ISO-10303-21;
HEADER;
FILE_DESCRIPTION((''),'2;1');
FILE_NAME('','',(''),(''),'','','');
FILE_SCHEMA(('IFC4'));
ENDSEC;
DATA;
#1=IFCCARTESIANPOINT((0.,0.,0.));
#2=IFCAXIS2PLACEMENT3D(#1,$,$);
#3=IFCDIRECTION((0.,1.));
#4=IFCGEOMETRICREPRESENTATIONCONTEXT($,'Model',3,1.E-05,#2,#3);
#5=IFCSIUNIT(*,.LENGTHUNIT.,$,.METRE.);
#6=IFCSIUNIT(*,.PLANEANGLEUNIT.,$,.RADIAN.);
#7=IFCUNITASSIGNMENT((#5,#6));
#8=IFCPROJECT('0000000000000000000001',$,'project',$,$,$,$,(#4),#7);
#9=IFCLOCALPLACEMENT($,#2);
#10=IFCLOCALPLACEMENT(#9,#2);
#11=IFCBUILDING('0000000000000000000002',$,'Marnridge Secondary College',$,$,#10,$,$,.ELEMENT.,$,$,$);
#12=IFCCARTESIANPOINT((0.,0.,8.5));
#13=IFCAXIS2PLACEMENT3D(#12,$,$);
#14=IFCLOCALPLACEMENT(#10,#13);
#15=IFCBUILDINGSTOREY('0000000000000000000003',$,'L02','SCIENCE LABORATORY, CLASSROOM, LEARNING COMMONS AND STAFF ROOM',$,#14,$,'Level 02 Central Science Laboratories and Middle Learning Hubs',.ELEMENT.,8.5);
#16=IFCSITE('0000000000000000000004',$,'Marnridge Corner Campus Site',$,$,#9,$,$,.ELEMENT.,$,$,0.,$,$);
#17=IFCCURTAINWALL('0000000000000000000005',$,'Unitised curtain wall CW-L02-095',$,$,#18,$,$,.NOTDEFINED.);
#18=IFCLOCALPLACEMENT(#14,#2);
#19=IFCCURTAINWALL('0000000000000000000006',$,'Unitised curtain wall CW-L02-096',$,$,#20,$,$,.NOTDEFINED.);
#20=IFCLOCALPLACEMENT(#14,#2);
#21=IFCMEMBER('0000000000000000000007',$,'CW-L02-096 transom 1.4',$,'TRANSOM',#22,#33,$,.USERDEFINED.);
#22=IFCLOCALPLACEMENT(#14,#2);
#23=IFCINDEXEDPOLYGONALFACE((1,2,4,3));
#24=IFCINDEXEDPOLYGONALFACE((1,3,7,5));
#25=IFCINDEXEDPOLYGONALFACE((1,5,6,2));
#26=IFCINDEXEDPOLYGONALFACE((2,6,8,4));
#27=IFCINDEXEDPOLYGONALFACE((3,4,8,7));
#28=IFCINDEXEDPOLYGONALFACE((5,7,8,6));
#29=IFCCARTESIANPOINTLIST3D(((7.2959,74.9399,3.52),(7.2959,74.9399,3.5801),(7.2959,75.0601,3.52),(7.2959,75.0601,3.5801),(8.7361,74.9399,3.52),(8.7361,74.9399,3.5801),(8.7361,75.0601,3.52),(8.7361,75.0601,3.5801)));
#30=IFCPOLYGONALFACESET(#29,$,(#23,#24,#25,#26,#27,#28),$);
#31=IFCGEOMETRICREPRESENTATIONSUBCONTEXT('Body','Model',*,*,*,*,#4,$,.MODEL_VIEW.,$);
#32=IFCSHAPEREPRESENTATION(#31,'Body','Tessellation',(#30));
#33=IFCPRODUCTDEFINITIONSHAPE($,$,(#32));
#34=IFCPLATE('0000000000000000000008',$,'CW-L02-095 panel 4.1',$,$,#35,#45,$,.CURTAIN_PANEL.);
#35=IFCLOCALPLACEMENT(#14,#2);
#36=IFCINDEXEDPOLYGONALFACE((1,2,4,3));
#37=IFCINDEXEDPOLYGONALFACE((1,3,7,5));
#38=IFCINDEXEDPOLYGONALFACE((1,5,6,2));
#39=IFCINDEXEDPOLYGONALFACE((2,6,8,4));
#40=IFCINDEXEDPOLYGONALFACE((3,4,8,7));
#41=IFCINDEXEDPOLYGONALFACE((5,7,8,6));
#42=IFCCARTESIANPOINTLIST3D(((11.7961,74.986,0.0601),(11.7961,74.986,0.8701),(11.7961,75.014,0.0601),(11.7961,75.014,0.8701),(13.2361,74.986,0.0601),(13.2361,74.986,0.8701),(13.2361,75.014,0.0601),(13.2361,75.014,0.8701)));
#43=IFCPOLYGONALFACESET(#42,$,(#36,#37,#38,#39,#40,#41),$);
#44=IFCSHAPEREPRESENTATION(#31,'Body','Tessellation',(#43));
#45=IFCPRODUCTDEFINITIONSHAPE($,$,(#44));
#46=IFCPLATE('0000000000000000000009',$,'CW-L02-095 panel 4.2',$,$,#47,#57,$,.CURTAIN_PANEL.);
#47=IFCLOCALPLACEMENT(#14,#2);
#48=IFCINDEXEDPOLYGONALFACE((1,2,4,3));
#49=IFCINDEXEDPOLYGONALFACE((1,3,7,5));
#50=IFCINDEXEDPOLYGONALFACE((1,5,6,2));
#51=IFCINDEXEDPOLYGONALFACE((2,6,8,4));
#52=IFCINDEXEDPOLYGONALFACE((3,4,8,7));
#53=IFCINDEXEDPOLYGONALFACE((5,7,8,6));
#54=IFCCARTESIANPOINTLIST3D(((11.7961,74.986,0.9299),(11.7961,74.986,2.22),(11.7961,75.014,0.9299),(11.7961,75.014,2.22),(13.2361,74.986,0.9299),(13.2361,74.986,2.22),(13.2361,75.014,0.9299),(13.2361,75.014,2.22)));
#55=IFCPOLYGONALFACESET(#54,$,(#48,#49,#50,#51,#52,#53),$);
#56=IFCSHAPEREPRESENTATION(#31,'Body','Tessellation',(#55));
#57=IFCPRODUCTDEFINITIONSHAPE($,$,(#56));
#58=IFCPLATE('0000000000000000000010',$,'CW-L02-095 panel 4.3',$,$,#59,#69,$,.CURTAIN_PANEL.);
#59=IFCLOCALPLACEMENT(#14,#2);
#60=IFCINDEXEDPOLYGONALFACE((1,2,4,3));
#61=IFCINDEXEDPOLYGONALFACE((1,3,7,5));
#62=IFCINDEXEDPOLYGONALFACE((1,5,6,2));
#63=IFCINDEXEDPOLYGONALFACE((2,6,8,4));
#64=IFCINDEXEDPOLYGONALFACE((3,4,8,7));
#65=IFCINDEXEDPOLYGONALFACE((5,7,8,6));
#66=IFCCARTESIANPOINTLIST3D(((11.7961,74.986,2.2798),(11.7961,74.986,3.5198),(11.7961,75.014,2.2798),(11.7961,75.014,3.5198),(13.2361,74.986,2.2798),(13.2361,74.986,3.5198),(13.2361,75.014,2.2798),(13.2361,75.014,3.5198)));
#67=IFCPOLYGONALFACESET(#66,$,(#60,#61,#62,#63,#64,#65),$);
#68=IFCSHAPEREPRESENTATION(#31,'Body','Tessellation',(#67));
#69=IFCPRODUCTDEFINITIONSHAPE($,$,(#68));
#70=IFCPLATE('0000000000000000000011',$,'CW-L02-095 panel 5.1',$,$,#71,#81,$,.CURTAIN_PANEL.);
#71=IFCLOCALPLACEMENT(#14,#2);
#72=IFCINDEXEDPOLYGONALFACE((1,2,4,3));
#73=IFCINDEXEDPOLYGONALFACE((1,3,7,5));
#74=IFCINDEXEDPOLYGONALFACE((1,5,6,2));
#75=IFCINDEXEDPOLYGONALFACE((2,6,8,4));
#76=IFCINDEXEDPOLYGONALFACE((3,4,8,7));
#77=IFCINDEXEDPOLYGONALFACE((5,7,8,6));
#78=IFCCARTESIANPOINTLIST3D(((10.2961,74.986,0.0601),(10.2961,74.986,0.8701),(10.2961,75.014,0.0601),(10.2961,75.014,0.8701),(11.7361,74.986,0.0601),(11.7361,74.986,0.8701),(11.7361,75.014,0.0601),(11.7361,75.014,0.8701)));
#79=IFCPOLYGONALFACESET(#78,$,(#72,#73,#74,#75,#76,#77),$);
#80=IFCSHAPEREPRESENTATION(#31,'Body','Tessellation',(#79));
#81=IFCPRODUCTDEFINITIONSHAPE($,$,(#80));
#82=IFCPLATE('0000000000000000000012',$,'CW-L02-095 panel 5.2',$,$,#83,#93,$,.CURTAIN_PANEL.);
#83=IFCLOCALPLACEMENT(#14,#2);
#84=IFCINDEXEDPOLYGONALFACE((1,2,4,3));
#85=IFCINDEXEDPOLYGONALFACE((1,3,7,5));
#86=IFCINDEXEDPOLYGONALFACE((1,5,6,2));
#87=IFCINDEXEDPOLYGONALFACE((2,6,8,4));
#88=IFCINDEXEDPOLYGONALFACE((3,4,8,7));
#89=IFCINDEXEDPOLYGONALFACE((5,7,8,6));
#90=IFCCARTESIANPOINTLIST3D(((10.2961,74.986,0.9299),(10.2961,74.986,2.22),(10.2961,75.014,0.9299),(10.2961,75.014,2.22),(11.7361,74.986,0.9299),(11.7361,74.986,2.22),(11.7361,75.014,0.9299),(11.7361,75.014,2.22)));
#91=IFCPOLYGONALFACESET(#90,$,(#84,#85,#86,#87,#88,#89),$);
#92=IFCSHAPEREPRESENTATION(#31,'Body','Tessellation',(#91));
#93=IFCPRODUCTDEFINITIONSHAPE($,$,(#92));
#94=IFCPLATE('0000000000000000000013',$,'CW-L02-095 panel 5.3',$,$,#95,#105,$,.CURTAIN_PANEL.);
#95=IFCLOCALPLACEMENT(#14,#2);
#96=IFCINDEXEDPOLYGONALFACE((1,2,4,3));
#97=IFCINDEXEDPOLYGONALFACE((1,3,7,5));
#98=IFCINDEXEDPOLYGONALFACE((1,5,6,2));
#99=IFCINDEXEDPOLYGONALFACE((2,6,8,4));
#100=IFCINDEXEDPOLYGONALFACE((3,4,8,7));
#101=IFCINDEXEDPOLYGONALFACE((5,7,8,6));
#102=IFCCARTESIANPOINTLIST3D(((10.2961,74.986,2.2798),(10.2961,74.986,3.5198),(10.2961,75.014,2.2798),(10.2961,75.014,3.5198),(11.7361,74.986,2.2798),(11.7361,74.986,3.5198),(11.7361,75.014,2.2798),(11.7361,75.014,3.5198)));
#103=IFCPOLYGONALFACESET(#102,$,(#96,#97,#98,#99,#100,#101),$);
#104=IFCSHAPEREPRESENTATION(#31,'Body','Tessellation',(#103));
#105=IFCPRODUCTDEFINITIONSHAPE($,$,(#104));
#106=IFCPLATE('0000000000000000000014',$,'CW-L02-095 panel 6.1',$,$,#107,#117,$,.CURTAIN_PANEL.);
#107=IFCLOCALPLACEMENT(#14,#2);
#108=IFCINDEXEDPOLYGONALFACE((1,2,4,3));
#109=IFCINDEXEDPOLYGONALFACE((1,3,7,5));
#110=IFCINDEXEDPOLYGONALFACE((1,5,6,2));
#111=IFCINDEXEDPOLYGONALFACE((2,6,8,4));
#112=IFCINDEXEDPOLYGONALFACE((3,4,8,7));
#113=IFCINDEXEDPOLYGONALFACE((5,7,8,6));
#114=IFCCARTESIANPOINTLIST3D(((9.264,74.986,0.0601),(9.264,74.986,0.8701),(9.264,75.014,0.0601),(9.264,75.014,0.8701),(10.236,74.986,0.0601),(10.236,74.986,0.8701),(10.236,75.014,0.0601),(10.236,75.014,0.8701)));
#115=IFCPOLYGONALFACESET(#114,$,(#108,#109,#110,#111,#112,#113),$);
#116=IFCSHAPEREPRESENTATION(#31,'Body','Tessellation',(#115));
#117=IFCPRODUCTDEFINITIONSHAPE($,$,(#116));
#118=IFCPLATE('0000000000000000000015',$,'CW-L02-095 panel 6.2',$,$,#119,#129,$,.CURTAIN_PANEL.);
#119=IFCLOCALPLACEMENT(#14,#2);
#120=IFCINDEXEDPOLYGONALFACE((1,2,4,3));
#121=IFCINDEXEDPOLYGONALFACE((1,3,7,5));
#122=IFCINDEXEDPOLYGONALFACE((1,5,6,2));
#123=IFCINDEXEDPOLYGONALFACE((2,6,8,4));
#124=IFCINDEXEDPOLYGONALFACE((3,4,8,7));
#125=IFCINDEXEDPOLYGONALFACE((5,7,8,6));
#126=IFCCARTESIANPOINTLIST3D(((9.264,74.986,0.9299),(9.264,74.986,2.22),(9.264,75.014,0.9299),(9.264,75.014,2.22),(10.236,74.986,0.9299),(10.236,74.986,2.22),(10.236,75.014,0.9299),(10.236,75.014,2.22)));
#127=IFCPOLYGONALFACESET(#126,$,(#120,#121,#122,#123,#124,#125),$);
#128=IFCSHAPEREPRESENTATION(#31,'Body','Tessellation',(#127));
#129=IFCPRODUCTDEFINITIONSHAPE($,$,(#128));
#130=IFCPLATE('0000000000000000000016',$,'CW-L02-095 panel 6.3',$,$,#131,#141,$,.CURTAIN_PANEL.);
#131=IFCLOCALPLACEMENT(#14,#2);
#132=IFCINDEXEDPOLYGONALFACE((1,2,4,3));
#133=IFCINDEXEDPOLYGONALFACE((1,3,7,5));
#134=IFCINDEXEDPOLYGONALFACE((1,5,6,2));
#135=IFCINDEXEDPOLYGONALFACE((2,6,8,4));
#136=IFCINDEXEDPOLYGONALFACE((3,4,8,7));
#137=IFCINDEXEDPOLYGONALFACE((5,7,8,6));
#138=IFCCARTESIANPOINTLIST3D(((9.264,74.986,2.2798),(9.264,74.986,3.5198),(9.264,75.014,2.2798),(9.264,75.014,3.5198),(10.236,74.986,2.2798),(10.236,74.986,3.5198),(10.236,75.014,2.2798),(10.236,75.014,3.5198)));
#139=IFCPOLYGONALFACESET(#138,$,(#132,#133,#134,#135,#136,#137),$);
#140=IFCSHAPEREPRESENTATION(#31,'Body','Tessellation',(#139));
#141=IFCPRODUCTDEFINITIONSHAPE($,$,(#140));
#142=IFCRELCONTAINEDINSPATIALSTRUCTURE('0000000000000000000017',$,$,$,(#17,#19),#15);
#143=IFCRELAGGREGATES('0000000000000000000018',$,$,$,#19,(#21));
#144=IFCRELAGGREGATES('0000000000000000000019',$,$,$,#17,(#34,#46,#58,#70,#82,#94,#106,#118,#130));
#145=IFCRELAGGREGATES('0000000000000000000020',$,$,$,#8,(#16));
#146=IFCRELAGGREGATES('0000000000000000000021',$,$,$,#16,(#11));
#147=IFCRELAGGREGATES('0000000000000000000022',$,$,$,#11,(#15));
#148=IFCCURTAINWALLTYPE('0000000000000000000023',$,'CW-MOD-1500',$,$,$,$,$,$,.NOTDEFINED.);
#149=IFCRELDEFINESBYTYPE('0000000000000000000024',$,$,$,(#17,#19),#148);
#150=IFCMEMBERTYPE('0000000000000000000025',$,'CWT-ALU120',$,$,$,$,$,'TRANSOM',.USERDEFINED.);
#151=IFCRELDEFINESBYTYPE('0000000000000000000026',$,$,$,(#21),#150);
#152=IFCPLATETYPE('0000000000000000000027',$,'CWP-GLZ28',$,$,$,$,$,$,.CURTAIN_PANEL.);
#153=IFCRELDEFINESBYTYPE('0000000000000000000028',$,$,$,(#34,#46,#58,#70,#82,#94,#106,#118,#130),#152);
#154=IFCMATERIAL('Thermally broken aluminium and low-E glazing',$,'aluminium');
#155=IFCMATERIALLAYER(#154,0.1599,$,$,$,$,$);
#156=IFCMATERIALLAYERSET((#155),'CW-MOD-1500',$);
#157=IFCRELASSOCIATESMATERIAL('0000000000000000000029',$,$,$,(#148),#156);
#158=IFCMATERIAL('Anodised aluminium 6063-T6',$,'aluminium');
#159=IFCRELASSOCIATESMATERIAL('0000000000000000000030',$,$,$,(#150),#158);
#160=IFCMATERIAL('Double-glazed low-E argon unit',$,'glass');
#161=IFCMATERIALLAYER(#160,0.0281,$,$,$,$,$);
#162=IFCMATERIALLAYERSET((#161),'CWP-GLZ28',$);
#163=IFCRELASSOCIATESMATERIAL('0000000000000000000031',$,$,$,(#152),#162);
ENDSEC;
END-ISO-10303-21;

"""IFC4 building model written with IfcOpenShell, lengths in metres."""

from ifc_helpers import new_model, si_unit, direction, frame, origin, origin_2d, place, context, subcontext, project, spatial, rectangle, extrude, material, layer, layer_set, material_profile, profile_set, type_object, element, aggregate, save


model = new_model("IFC4")

# Units and contexts
model_context = context("Model", 3, precision=1e-05, world=origin(), true_north=direction((0.0, 1.0)))
body_context = subcontext(model_context, "Body", "Model", "MODEL_VIEW")
ifc_project = project(units=[si_unit("LENGTHUNIT", "METRE"), si_unit("PLANEANGLEUNIT", "RADIAN")], contexts=[model_context])

# Site, building, storey
site_placement = place(None, origin())
site = spatial("IfcSite", under=ifc_project, at=site_placement, Name="Marnridge Corner Campus Site", CompositionType="ELEMENT", RefElevation=0.0)
building_placement = place(site_placement, origin())
building = spatial("IfcBuilding", under=site, at=building_placement, Name="Marnridge Secondary College", CompositionType="ELEMENT")
storey_placement = place(building_placement, frame((0.0, 0.0, 8.5)))
storey = spatial("IfcBuildingStorey", under=building, at=storey_placement, Name="L02", Description="SCIENCE LABORATORY, CLASSROOM, LEARNING COMMONS AND STAFF ROOM", LongName="Level 02 Central Science Laboratories and Middle Learning Hubs", CompositionType="ELEMENT", Elevation=8.5)

# Curtain wall
ifc_material_1 = material(Name="Thermally broken aluminium and low-E glazing", Category="aluminium")
ifc_layer_1 = layer(ifc_material_1, 0.1599)
ifc_layer_set_1 = layer_set([ifc_layer_1], Name="CW-MOD-1500")
curtain_wall_type = type_object("IfcCurtainWallType", Name="CW-MOD-1500", PredefinedType="NOTDEFINED", material=ifc_layer_set_1)
curtain_wall_1_placement = place(storey_placement, origin())
curtain_wall_1 = element("IfcCurtainWall", 1, at=curtain_wall_1_placement, inside=storey, type_object=curtain_wall_type, Name="Unitised curtain wall CW-L02-095", PredefinedType="NOTDEFINED")

# Curtain wall
curtain_wall_2_placement = place(storey_placement, origin())
curtain_wall_2 = element("IfcCurtainWall", 2, at=curtain_wall_2_placement, inside=storey, type_object=curtain_wall_type, Name="Unitised curtain wall CW-L02-096", PredefinedType="NOTDEFINED")

# Member
ifc_material_2 = material(Name="Anodised aluminium 6063-T6", Category="aluminium")
ifc_material_profile_1 = material_profile(ifc_material_2, rectangle(XDim=0.0601, YDim=0.1201, at=origin_2d()), Name="ALU 60x120")
ifc_profile_set_1 = profile_set([ifc_material_profile_1], Name="Anodised aluminium 6063-T6")
member_type_1 = type_object("IfcMemberType", Name="CWT-ALU120", ElementType="TRANSOM", PredefinedType="USERDEFINED", material=ifc_profile_set_1)
member_1_placement = place(storey_placement, frame((8.7361, 75.0, 3.55), z_axis=(-1.0, 0.0, 0.0), x_axis=(0.0, 0.0, 1.0)))
member_1 = element("IfcMember", 3, at=member_1_placement, type_object=member_type_1, Name="CW-L02-096 transom 1.4", ObjectType="TRANSOM", PredefinedType="USERDEFINED", context=body_context, shape_type="SweptSolid", body=[
    extrude(rectangle(XDim=0.0601, YDim=0.1201, at=origin_2d()), origin(), (0.0, 0.0, 1.0), 1.4402),
])
aggregate(curtain_wall_2, [member_1])

# Plates
ifc_material_3 = material(Name="Double-glazed low-E argon unit", Category="glass")
ifc_layer_2 = layer(ifc_material_3, 0.0281)
ifc_layer_set_2 = layer_set([ifc_layer_2], Name="CWP-GLZ28")
plate_type = type_object("IfcPlateType", Name="CWP-GLZ28", PredefinedType="CURTAIN_PANEL", material=ifc_layer_set_2)
plate_1_placement = place(storey_placement, frame((12.5161, 75.0, 0.0601), z_axis=(0.0, 0.0, 1.0), x_axis=(-1.0, 0.0, 0.0)))
plate_1 = element("IfcPlate", 4, at=plate_1_placement, type_object=plate_type, Name="CW-L02-095 panel 4.1", PredefinedType="CURTAIN_PANEL", context=body_context, shape_type="SweptSolid", body=[
    extrude(rectangle(XDim=1.4399, YDim=0.0281, at=origin_2d()), origin(), (0.0, 0.0, 1.0), 0.8101),
])
plate_2_placement = place(storey_placement, frame((12.5161, 75.0, 0.9299), z_axis=(0.0, 0.0, 1.0), x_axis=(-1.0, 0.0, 0.0)))
plate_2 = element("IfcPlate", 5, at=plate_2_placement, type_object=plate_type, Name="CW-L02-095 panel 4.2", PredefinedType="CURTAIN_PANEL", context=body_context, shape_type="SweptSolid", body=[
    extrude(rectangle(XDim=1.4399, YDim=0.0281, at=origin_2d()), origin(), (0.0, 0.0, 1.0), 1.29),
])
plate_3_placement = place(storey_placement, frame((12.5161, 75.0, 2.2798), z_axis=(0.0, 0.0, 1.0), x_axis=(-1.0, 0.0, 0.0)))
plate_3 = element("IfcPlate", 6, at=plate_3_placement, type_object=plate_type, Name="CW-L02-095 panel 4.3", PredefinedType="CURTAIN_PANEL", context=body_context, shape_type="SweptSolid", body=[
    extrude(rectangle(XDim=1.4399, YDim=0.0281, at=origin_2d()), origin(), (0.0, 0.0, 1.0), 1.24),
])
plate_4_placement = place(storey_placement, frame((11.0161, 75.0, 0.0601), z_axis=(0.0, 0.0, 1.0), x_axis=(-1.0, 0.0, 0.0)))
plate_4 = element("IfcPlate", 7, at=plate_4_placement, type_object=plate_type, Name="CW-L02-095 panel 5.1", PredefinedType="CURTAIN_PANEL", context=body_context, shape_type="SweptSolid", body=[
    extrude(rectangle(XDim=1.4399, YDim=0.0281, at=origin_2d()), origin(), (0.0, 0.0, 1.0), 0.8101),
])
plate_5_placement = place(storey_placement, frame((11.0161, 75.0, 0.9299), z_axis=(0.0, 0.0, 1.0), x_axis=(-1.0, 0.0, 0.0)))
plate_5 = element("IfcPlate", 8, at=plate_5_placement, type_object=plate_type, Name="CW-L02-095 panel 5.2", PredefinedType="CURTAIN_PANEL", context=body_context, shape_type="SweptSolid", body=[
    extrude(rectangle(XDim=1.4399, YDim=0.0281, at=origin_2d()), origin(), (0.0, 0.0, 1.0), 1.29),
])
plate_6_placement = place(storey_placement, frame((11.0161, 75.0, 2.2798), z_axis=(0.0, 0.0, 1.0), x_axis=(-1.0, 0.0, 0.0)))
plate_6 = element("IfcPlate", 9, at=plate_6_placement, type_object=plate_type, Name="CW-L02-095 panel 5.3", PredefinedType="CURTAIN_PANEL", context=body_context, shape_type="SweptSolid", body=[
    extrude(rectangle(XDim=1.4399, YDim=0.0281, at=origin_2d()), origin(), (0.0, 0.0, 1.0), 1.24),
])
plate_7_placement = place(storey_placement, frame((9.75, 75.0, 0.0601), z_axis=(0.0, 0.0, 1.0), x_axis=(-1.0, 0.0, 0.0)))
plate_7 = element("IfcPlate", 10, at=plate_7_placement, type_object=plate_type, Name="CW-L02-095 panel 6.1", PredefinedType="CURTAIN_PANEL", context=body_context, shape_type="SweptSolid", body=[
    extrude(rectangle(XDim=0.9719, YDim=0.0281, at=origin_2d()), origin(), (0.0, 0.0, 1.0), 0.8101),
])
plate_8_placement = place(storey_placement, frame((9.75, 75.0, 0.9299), z_axis=(0.0, 0.0, 1.0), x_axis=(-1.0, 0.0, 0.0)))
plate_8 = element("IfcPlate", 11, at=plate_8_placement, type_object=plate_type, Name="CW-L02-095 panel 6.2", PredefinedType="CURTAIN_PANEL", context=body_context, shape_type="SweptSolid", body=[
    extrude(rectangle(XDim=0.9719, YDim=0.0281, at=origin_2d()), origin(), (0.0, 0.0, 1.0), 1.29),
])
plate_9_placement = place(storey_placement, frame((9.75, 75.0, 2.2798), z_axis=(0.0, 0.0, 1.0), x_axis=(-1.0, 0.0, 0.0)))
plate_9 = element("IfcPlate", 12, at=plate_9_placement, type_object=plate_type, Name="CW-L02-095 panel 6.3", PredefinedType="CURTAIN_PANEL", context=body_context, shape_type="SweptSolid", body=[
    extrude(rectangle(XDim=0.9719, YDim=0.0281, at=origin_2d()), origin(), (0.0, 0.0, 1.0), 1.24),
])
aggregate(curtain_wall_1, [plate_1, plate_2, plate_3, plate_4, plate_5, plate_6, plate_7, plate_8, plate_9])

save(model, "model.ifc")
